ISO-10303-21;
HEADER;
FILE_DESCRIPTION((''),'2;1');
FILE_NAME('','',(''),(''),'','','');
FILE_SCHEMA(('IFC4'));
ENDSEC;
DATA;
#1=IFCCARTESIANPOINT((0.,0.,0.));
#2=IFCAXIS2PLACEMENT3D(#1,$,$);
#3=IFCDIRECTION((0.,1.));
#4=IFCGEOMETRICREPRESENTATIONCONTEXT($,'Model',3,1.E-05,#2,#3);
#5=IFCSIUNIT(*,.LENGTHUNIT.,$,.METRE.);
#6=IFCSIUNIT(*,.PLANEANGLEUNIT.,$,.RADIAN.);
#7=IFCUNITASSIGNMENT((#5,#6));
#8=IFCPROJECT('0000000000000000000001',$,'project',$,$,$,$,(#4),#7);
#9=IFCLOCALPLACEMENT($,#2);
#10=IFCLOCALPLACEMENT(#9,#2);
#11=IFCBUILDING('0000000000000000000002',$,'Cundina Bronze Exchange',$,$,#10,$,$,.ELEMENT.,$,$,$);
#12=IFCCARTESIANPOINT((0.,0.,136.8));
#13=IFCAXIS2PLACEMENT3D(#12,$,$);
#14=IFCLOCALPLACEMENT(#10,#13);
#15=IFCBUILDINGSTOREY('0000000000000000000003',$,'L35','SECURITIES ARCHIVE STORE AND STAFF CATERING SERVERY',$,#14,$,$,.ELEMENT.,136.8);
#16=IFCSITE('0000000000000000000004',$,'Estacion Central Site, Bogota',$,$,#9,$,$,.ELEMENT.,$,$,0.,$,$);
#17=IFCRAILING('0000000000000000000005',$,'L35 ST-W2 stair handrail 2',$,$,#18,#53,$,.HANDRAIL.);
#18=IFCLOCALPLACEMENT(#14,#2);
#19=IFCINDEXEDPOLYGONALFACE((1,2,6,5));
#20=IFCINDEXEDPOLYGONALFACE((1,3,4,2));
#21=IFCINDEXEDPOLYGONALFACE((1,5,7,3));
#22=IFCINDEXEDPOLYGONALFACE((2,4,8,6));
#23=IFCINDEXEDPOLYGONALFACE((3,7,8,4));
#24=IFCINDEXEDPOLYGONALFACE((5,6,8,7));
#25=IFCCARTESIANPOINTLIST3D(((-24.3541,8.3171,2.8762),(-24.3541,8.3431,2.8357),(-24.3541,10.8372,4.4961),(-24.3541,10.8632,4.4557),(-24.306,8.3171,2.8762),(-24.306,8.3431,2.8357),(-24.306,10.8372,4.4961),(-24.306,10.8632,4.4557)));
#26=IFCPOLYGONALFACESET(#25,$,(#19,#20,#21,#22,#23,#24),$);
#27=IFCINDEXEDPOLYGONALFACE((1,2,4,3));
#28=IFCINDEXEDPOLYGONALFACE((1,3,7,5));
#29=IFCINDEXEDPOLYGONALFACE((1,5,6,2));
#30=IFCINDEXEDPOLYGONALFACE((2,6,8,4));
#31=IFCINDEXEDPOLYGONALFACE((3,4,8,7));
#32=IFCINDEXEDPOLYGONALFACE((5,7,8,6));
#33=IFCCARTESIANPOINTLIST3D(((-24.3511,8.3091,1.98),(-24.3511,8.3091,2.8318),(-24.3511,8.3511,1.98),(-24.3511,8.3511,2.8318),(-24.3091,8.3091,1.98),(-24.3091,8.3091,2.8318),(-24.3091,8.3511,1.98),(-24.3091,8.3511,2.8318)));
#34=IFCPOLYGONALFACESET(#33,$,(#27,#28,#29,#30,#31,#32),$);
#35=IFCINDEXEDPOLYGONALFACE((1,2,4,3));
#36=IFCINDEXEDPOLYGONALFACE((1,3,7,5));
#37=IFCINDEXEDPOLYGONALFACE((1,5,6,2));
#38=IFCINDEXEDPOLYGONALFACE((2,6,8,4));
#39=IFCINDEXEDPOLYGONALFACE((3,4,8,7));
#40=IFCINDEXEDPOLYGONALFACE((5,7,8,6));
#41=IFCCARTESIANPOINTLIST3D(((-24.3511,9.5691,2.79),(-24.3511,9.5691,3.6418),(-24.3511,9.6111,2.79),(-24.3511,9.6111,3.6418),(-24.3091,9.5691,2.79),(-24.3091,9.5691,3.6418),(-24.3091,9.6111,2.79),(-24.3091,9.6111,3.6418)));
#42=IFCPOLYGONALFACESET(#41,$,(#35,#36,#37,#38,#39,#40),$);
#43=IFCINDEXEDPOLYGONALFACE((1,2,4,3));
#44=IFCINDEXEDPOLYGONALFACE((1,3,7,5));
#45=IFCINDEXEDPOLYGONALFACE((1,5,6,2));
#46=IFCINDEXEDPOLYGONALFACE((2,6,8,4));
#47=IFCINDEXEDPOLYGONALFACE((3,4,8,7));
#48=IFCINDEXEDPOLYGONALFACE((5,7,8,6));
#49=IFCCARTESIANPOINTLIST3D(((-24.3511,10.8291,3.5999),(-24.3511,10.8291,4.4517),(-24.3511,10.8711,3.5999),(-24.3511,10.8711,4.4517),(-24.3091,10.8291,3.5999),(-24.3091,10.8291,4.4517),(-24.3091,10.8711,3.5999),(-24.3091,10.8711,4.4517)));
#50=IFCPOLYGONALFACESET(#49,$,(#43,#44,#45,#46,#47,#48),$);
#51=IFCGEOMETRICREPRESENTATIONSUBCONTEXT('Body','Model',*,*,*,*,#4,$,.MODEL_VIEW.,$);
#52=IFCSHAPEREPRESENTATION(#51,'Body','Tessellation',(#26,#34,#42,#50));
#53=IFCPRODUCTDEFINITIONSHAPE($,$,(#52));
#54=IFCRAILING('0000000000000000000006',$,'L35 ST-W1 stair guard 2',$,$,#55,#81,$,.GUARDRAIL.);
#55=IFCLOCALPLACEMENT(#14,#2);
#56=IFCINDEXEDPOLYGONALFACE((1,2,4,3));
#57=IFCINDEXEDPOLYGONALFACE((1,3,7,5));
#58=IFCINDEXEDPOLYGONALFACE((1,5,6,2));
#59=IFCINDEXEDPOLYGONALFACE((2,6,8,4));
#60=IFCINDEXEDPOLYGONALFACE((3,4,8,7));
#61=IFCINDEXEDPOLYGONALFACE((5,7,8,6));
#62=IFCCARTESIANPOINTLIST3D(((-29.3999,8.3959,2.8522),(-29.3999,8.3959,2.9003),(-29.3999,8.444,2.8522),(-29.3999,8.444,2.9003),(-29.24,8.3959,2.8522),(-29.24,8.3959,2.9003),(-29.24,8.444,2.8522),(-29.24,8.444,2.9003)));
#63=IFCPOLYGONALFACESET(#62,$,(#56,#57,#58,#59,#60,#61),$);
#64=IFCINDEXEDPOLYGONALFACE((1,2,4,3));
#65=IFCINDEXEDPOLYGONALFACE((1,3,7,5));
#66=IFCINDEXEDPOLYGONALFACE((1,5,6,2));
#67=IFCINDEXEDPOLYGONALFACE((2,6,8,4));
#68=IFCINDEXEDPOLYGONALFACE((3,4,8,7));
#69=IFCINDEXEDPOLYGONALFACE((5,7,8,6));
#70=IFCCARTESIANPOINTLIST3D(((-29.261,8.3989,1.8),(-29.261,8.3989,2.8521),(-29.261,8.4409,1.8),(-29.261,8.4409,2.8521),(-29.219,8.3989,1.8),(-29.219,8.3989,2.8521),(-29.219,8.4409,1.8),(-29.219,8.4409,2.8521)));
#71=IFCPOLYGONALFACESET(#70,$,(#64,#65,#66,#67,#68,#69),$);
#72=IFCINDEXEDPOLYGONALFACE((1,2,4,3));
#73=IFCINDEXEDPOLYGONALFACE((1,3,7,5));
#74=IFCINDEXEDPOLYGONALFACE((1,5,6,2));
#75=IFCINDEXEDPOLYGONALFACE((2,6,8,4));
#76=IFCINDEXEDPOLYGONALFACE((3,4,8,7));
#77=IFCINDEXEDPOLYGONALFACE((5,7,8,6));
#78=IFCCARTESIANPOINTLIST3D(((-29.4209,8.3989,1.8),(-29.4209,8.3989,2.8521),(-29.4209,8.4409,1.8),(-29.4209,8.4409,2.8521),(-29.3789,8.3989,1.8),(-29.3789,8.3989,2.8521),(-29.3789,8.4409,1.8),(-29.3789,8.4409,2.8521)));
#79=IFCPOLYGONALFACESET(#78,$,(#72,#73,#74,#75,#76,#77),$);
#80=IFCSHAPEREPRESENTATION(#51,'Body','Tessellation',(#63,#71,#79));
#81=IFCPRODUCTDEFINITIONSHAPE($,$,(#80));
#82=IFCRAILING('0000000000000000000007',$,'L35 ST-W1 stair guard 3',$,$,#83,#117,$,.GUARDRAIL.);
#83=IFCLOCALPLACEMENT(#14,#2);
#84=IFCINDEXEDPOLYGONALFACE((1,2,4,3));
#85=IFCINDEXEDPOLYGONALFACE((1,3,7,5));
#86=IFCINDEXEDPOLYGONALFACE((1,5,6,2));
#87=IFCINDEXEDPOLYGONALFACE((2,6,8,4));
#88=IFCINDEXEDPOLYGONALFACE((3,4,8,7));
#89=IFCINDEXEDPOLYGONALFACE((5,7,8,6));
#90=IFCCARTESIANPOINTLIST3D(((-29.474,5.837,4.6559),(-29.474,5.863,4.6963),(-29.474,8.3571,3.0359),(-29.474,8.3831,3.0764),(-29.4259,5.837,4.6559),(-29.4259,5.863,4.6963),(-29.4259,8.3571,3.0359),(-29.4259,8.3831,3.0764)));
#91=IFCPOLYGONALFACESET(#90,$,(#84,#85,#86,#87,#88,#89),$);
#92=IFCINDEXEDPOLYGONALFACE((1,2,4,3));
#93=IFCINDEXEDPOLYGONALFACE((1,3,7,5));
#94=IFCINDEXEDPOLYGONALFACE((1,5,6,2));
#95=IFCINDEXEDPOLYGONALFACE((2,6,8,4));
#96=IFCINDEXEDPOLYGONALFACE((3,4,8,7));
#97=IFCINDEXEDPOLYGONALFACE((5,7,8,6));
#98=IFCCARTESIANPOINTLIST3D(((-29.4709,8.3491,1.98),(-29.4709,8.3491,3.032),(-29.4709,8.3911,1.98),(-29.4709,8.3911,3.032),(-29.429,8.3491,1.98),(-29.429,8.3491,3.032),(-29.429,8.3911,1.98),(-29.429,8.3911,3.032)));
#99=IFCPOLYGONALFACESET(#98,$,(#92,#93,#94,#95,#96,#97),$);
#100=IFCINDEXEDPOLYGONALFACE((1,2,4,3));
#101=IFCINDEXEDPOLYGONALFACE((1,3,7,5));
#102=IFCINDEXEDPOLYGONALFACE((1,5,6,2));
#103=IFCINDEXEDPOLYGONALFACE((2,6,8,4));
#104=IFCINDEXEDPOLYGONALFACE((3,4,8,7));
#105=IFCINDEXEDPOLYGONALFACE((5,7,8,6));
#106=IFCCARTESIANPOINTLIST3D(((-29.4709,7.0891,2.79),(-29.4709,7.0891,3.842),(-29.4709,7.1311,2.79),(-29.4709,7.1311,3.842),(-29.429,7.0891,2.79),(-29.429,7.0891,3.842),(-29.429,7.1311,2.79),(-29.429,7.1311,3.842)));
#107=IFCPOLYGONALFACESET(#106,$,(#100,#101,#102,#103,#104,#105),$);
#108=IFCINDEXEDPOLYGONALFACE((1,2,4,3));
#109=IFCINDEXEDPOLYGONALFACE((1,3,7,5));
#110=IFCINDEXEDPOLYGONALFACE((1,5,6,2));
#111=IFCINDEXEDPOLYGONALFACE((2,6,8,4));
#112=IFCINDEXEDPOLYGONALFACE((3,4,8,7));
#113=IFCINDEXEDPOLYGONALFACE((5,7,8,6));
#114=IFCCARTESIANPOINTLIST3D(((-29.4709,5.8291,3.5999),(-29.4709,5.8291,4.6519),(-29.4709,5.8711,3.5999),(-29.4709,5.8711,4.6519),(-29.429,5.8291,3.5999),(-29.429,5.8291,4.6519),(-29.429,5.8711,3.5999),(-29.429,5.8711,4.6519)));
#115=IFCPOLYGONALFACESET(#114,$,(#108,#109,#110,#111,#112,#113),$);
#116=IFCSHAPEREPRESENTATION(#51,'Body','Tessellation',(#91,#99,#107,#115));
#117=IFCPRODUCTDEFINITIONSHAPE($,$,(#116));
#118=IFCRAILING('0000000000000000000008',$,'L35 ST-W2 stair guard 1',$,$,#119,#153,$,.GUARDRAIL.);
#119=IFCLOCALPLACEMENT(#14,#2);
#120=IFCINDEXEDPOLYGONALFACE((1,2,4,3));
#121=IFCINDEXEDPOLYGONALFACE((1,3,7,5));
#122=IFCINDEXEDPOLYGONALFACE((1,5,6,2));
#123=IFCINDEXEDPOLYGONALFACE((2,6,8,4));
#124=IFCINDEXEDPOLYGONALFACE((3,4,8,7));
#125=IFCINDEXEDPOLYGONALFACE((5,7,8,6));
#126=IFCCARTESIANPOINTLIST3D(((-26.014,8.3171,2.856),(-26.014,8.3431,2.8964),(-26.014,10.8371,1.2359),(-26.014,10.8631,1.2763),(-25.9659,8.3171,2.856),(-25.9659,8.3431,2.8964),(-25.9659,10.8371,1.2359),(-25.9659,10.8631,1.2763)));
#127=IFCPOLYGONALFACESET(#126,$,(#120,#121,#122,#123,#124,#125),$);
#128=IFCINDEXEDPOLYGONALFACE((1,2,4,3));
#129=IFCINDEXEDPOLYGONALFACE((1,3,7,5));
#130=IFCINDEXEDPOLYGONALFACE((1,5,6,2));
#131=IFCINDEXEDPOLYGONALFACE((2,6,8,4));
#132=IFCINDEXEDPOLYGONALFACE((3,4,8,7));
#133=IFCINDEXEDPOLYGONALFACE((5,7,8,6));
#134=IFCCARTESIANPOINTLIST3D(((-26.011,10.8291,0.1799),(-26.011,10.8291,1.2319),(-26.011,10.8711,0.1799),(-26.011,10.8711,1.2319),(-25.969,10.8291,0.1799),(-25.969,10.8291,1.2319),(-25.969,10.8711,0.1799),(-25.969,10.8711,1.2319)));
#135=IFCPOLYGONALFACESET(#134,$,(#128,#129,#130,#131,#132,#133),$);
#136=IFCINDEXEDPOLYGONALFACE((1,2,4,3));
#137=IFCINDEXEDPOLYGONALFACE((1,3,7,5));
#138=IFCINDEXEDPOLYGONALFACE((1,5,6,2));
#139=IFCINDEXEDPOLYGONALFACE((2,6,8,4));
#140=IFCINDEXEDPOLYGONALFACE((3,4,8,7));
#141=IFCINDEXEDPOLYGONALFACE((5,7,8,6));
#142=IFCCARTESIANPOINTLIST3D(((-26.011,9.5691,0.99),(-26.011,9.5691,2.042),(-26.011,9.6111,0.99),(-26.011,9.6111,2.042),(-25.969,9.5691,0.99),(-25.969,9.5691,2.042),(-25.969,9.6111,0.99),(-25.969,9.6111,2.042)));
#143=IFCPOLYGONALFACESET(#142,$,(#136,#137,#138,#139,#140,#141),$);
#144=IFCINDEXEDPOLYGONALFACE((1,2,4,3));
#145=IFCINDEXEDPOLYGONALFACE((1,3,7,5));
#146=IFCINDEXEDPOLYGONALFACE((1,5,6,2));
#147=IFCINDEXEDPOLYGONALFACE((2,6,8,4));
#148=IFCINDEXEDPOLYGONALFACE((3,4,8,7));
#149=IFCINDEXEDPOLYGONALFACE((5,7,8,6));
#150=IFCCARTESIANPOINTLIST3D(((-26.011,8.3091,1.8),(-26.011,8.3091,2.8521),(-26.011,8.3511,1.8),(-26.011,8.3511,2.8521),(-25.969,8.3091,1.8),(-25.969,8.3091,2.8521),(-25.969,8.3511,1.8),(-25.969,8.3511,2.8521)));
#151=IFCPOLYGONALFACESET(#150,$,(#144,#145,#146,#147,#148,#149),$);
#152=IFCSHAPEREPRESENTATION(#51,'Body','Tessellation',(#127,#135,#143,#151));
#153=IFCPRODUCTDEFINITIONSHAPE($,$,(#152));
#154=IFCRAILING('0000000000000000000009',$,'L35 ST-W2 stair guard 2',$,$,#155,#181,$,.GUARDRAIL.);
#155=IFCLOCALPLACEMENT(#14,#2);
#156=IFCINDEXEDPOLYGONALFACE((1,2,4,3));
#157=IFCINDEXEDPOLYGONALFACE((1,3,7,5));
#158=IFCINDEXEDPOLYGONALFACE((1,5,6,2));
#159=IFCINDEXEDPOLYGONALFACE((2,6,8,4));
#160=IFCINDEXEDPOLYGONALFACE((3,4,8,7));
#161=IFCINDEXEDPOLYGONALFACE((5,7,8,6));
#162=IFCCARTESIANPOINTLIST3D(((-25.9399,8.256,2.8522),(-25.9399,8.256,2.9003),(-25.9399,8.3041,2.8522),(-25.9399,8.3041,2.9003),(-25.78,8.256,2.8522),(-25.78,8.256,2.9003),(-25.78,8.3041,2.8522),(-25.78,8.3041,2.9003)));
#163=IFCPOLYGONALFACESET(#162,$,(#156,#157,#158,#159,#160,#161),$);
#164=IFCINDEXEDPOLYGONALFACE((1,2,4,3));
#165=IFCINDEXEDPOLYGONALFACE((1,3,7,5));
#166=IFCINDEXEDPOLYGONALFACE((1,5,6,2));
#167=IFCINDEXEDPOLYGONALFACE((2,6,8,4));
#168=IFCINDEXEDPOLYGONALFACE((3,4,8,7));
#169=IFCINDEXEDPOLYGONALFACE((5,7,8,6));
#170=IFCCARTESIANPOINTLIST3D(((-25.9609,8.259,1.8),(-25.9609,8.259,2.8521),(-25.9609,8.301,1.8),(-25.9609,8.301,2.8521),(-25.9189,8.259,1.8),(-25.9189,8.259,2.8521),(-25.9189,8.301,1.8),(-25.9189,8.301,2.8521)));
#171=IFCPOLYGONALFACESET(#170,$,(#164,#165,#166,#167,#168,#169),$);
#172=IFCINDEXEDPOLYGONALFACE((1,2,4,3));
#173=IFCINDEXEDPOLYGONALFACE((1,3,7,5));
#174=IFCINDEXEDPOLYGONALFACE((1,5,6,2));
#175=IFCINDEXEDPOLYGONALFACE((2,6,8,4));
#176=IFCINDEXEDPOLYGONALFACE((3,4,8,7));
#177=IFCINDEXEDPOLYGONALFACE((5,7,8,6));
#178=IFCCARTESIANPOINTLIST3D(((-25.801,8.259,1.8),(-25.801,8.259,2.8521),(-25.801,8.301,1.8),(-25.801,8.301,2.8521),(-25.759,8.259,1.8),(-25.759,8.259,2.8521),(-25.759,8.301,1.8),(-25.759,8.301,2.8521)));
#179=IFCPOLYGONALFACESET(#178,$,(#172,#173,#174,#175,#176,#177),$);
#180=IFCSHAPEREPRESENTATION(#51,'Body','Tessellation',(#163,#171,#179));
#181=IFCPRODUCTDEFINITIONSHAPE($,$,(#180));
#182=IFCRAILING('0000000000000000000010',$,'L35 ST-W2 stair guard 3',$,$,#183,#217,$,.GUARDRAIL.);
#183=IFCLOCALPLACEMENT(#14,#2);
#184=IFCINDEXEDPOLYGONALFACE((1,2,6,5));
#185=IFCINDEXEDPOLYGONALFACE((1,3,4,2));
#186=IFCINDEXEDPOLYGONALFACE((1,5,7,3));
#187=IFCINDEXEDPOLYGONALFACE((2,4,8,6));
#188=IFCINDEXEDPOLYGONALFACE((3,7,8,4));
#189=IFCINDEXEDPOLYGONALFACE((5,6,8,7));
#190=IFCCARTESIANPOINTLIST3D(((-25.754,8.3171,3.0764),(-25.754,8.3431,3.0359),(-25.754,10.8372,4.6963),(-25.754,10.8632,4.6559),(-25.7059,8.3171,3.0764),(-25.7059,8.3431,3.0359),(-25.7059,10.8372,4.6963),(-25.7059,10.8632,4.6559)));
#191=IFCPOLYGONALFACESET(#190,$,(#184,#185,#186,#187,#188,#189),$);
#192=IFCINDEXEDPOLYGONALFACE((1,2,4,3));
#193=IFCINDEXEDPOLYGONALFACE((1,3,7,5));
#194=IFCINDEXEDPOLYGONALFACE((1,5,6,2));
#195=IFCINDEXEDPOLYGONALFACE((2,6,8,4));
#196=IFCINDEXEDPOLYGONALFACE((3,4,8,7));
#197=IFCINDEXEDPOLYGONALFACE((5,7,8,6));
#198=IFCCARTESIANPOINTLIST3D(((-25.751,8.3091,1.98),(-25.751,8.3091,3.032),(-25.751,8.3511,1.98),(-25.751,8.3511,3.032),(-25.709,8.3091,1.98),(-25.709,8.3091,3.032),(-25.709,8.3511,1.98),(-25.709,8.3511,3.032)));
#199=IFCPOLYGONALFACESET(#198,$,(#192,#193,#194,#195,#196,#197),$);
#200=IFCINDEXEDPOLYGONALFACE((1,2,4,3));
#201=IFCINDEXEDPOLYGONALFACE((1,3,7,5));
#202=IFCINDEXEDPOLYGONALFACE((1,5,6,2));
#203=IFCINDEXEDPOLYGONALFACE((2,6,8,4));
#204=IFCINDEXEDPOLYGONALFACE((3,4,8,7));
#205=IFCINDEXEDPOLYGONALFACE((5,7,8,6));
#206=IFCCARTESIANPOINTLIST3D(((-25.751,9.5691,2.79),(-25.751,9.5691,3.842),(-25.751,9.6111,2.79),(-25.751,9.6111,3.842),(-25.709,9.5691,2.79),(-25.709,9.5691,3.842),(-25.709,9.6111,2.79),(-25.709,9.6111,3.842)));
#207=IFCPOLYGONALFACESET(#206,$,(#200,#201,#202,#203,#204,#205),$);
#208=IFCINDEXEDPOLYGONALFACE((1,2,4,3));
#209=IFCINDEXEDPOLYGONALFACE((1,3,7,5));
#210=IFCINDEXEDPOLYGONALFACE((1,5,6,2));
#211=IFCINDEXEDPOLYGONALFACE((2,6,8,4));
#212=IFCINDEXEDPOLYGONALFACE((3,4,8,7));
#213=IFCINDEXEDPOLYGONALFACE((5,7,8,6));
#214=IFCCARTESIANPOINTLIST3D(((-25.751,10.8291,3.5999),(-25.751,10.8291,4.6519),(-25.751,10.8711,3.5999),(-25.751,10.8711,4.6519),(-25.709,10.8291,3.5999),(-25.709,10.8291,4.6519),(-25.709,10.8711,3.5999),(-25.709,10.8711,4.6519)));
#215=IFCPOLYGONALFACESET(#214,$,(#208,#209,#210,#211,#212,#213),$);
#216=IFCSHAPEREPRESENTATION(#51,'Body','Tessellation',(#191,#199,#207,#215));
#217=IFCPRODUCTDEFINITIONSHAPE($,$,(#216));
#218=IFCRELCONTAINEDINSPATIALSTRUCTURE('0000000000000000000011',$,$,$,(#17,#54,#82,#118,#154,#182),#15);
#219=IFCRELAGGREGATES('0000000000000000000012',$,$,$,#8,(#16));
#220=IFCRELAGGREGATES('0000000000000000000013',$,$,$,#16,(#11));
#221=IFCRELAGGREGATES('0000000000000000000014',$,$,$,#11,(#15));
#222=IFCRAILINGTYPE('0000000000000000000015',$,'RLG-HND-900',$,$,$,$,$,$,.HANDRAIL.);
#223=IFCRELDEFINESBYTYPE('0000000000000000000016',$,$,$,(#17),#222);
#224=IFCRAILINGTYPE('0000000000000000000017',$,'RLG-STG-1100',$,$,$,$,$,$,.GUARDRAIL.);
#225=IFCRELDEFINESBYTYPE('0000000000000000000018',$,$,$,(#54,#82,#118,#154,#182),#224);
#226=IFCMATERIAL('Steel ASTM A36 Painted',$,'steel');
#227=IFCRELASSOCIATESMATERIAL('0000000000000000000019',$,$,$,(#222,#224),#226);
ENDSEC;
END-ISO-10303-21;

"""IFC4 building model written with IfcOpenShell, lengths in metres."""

from ifc_helpers import new_model, si_unit, direction, frame, origin, origin_2d, place, context, subcontext, project, spatial, rectangle, extrude, material, type_object, element, save


model = new_model("IFC4")

# Units and contexts
model_context = context("Model", 3, precision=1e-05, world=origin(), true_north=direction((0.0, 1.0)))
body_context = subcontext(model_context, "Body", "Model", "MODEL_VIEW")
ifc_project = project(units=[si_unit("LENGTHUNIT", "METRE"), si_unit("PLANEANGLEUNIT", "RADIAN")], contexts=[model_context])

# Site, building, storey
site_placement = place(None, origin())
site = spatial("IfcSite", under=ifc_project, at=site_placement, Name="Estacion Central Site, Bogota", CompositionType="ELEMENT", RefElevation=0.0)
building_placement = place(site_placement, origin())
building = spatial("IfcBuilding", under=site, at=building_placement, Name="Cundina Bronze Exchange", CompositionType="ELEMENT")
storey_placement = place(building_placement, frame((0.0, 0.0, 136.8)))
storey = spatial("IfcBuildingStorey", under=building, at=storey_placement, Name="L35", Description="SECURITIES ARCHIVE STORE AND STAFF CATERING SERVERY", CompositionType="ELEMENT", Elevation=136.8)

# Shared definitions
ifc_material_1 = material(Name="Steel ASTM A36 Painted", Category="steel")

# Railings
railing_type_1 = type_object("IfcRailingType", Name="RLG-HND-900", PredefinedType="HANDRAIL", material=ifc_material_1)
railing_1_placement = place(storey_placement, frame((-24.3301, 8.3301, 1.98)))
element("IfcRailing", 1, at=railing_1_placement, inside=storey, type_object=railing_type_1, Name="L35 ST-W2 stair handrail 2", PredefinedType="HANDRAIL", context=body_context, shape_type="SweptSolid", body=[
    extrude(rectangle(XDim=0.0481, YDim=0.0481, at=origin_2d()), frame((0.0, 0.0, 0.876), z_axis=(0.0, 0.8412, 0.540725), x_axis=(-1.0, 0.0, 0.0)), (0.0, 0.0, 1.0), 2.9958),
    extrude(rectangle(XDim=0.042, YDim=0.042, at=origin_2d()), origin(), (0.0, 0.0, 1.0), 0.8518),
    extrude(rectangle(XDim=0.042, YDim=0.042, at=origin_2d()), frame((0.0, 1.26, 0.8101)), (0.0, 0.0, 1.0), 0.8518),
    extrude(rectangle(XDim=0.042, YDim=0.042, at=origin_2d()), frame((0.0, 2.52, 1.6199)), (0.0, 0.0, 1.0), 0.8518),
])
railing_type_2 = type_object("IfcRailingType", Name="RLG-STG-1100", PredefinedType="GUARDRAIL", material=ifc_material_1)
railing_2_placement = place(storey_placement, frame((-29.24, 8.4199, 1.8)))
element("IfcRailing", 2, at=railing_2_placement, inside=storey, type_object=railing_type_2, Name="L35 ST-W1 stair guard 2", PredefinedType="GUARDRAIL", context=body_context, shape_type="SweptSolid", body=[
    extrude(rectangle(XDim=0.0481, YDim=0.0481, at=origin_2d()), frame((0.0, 0.0, 1.0762), z_axis=(-1.0, 0.0, 0.0), x_axis=(0.0, -1.0, 0.0)), (0.0, 0.0, 1.0), 0.1599),
    extrude(rectangle(XDim=0.042, YDim=0.042, at=origin_2d()), origin(), (0.0, 0.0, 1.0), 1.052),
    extrude(rectangle(XDim=0.042, YDim=0.042, at=origin_2d()), frame((-0.1599, 0.0, 0.0)), (0.0, 0.0, 1.0), 1.052),
])
railing_3_placement = place(storey_placement, frame((-29.45, 8.3701, 1.98)))
element("IfcRailing", 3, at=railing_3_placement, inside=storey, type_object=railing_type_2, Name="L35 ST-W1 stair guard 3", PredefinedType="GUARDRAIL", context=body_context, shape_type="SweptSolid", body=[
    extrude(rectangle(XDim=0.0481, YDim=0.0481, at=origin_2d()), frame((0.0, 0.0, 1.0762), z_axis=(0.0, -0.8412, 0.540725), x_axis=(1.0, 0.0, 0.0)), (0.0, 0.0, 1.0), 2.9958),
    extrude(rectangle(XDim=0.042, YDim=0.042, at=origin_2d()), origin(), (0.0, 0.0, 1.0), 1.052),
    extrude(rectangle(XDim=0.042, YDim=0.042, at=origin_2d()), frame((0.0, -1.26, 0.8101)), (0.0, 0.0, 1.0), 1.052),
    extrude(rectangle(XDim=0.042, YDim=0.042, at=origin_2d()), frame((0.0, -2.52, 1.6199)), (0.0, 0.0, 1.0), 1.052),
])
railing_4_placement = place(storey_placement, frame((-25.99, 10.8501, 0.1799)))
element("IfcRailing", 4, at=railing_4_placement, inside=storey, type_object=railing_type_2, Name="L35 ST-W2 stair guard 1", PredefinedType="GUARDRAIL", context=body_context, shape_type="SweptSolid", body=[
    extrude(rectangle(XDim=0.0481, YDim=0.0481, at=origin_2d()), frame((0.0, 0.0, 1.0762), z_axis=(0.0, -0.841163, 0.540782), x_axis=(1.0, 0.0, 0.0)), (0.0, 0.0, 1.0), 2.9958),
    extrude(rectangle(XDim=0.042, YDim=0.042, at=origin_2d()), origin(), (0.0, 0.0, 1.0), 1.052),
    extrude(rectangle(XDim=0.042, YDim=0.042, at=origin_2d()), frame((0.0, -1.26, 0.8101)), (0.0, 0.0, 1.0), 1.052),
    extrude(rectangle(XDim=0.042, YDim=0.042, at=origin_2d()), frame((0.0, -2.52, 1.6201)), (0.0, 0.0, 1.0), 1.052),
])
railing_5_placement = place(storey_placement, frame((-25.9399, 8.28, 1.8)))
element("IfcRailing", 5, at=railing_5_placement, inside=storey, type_object=railing_type_2, Name="L35 ST-W2 stair guard 2", PredefinedType="GUARDRAIL", context=body_context, shape_type="SweptSolid", body=[
    extrude(rectangle(XDim=0.0481, YDim=0.0481, at=origin_2d()), frame((0.0, 0.0, 1.0762), z_axis=(1.0, 0.0, 0.0), x_axis=(0.0, 1.0, 0.0)), (0.0, 0.0, 1.0), 0.1599),
    extrude(rectangle(XDim=0.042, YDim=0.042, at=origin_2d()), origin(), (0.0, 0.0, 1.0), 1.052),
    extrude(rectangle(XDim=0.042, YDim=0.042, at=origin_2d()), frame((0.1599, 0.0, 0.0)), (0.0, 0.0, 1.0), 1.052),
])
railing_6_placement = place(storey_placement, frame((-25.73, 8.3301, 1.98)))
element("IfcRailing", 6, at=railing_6_placement, inside=storey, type_object=railing_type_2, Name="L35 ST-W2 stair guard 3", PredefinedType="GUARDRAIL", context=body_context, shape_type="SweptSolid", body=[
    extrude(rectangle(XDim=0.0481, YDim=0.0481, at=origin_2d()), frame((0.0, 0.0, 1.0762), z_axis=(0.0, 0.8412, 0.540725), x_axis=(-1.0, 0.0, 0.0)), (0.0, 0.0, 1.0), 2.9958),
    extrude(rectangle(XDim=0.042, YDim=0.042, at=origin_2d()), origin(), (0.0, 0.0, 1.0), 1.052),
    extrude(rectangle(XDim=0.042, YDim=0.042, at=origin_2d()), frame((0.0, 1.26, 0.8101)), (0.0, 0.0, 1.0), 1.052),
    extrude(rectangle(XDim=0.042, YDim=0.042, at=origin_2d()), frame((0.0, 2.52, 1.6199)), (0.0, 0.0, 1.0), 1.052),
])

save(model, "model.ifc")
